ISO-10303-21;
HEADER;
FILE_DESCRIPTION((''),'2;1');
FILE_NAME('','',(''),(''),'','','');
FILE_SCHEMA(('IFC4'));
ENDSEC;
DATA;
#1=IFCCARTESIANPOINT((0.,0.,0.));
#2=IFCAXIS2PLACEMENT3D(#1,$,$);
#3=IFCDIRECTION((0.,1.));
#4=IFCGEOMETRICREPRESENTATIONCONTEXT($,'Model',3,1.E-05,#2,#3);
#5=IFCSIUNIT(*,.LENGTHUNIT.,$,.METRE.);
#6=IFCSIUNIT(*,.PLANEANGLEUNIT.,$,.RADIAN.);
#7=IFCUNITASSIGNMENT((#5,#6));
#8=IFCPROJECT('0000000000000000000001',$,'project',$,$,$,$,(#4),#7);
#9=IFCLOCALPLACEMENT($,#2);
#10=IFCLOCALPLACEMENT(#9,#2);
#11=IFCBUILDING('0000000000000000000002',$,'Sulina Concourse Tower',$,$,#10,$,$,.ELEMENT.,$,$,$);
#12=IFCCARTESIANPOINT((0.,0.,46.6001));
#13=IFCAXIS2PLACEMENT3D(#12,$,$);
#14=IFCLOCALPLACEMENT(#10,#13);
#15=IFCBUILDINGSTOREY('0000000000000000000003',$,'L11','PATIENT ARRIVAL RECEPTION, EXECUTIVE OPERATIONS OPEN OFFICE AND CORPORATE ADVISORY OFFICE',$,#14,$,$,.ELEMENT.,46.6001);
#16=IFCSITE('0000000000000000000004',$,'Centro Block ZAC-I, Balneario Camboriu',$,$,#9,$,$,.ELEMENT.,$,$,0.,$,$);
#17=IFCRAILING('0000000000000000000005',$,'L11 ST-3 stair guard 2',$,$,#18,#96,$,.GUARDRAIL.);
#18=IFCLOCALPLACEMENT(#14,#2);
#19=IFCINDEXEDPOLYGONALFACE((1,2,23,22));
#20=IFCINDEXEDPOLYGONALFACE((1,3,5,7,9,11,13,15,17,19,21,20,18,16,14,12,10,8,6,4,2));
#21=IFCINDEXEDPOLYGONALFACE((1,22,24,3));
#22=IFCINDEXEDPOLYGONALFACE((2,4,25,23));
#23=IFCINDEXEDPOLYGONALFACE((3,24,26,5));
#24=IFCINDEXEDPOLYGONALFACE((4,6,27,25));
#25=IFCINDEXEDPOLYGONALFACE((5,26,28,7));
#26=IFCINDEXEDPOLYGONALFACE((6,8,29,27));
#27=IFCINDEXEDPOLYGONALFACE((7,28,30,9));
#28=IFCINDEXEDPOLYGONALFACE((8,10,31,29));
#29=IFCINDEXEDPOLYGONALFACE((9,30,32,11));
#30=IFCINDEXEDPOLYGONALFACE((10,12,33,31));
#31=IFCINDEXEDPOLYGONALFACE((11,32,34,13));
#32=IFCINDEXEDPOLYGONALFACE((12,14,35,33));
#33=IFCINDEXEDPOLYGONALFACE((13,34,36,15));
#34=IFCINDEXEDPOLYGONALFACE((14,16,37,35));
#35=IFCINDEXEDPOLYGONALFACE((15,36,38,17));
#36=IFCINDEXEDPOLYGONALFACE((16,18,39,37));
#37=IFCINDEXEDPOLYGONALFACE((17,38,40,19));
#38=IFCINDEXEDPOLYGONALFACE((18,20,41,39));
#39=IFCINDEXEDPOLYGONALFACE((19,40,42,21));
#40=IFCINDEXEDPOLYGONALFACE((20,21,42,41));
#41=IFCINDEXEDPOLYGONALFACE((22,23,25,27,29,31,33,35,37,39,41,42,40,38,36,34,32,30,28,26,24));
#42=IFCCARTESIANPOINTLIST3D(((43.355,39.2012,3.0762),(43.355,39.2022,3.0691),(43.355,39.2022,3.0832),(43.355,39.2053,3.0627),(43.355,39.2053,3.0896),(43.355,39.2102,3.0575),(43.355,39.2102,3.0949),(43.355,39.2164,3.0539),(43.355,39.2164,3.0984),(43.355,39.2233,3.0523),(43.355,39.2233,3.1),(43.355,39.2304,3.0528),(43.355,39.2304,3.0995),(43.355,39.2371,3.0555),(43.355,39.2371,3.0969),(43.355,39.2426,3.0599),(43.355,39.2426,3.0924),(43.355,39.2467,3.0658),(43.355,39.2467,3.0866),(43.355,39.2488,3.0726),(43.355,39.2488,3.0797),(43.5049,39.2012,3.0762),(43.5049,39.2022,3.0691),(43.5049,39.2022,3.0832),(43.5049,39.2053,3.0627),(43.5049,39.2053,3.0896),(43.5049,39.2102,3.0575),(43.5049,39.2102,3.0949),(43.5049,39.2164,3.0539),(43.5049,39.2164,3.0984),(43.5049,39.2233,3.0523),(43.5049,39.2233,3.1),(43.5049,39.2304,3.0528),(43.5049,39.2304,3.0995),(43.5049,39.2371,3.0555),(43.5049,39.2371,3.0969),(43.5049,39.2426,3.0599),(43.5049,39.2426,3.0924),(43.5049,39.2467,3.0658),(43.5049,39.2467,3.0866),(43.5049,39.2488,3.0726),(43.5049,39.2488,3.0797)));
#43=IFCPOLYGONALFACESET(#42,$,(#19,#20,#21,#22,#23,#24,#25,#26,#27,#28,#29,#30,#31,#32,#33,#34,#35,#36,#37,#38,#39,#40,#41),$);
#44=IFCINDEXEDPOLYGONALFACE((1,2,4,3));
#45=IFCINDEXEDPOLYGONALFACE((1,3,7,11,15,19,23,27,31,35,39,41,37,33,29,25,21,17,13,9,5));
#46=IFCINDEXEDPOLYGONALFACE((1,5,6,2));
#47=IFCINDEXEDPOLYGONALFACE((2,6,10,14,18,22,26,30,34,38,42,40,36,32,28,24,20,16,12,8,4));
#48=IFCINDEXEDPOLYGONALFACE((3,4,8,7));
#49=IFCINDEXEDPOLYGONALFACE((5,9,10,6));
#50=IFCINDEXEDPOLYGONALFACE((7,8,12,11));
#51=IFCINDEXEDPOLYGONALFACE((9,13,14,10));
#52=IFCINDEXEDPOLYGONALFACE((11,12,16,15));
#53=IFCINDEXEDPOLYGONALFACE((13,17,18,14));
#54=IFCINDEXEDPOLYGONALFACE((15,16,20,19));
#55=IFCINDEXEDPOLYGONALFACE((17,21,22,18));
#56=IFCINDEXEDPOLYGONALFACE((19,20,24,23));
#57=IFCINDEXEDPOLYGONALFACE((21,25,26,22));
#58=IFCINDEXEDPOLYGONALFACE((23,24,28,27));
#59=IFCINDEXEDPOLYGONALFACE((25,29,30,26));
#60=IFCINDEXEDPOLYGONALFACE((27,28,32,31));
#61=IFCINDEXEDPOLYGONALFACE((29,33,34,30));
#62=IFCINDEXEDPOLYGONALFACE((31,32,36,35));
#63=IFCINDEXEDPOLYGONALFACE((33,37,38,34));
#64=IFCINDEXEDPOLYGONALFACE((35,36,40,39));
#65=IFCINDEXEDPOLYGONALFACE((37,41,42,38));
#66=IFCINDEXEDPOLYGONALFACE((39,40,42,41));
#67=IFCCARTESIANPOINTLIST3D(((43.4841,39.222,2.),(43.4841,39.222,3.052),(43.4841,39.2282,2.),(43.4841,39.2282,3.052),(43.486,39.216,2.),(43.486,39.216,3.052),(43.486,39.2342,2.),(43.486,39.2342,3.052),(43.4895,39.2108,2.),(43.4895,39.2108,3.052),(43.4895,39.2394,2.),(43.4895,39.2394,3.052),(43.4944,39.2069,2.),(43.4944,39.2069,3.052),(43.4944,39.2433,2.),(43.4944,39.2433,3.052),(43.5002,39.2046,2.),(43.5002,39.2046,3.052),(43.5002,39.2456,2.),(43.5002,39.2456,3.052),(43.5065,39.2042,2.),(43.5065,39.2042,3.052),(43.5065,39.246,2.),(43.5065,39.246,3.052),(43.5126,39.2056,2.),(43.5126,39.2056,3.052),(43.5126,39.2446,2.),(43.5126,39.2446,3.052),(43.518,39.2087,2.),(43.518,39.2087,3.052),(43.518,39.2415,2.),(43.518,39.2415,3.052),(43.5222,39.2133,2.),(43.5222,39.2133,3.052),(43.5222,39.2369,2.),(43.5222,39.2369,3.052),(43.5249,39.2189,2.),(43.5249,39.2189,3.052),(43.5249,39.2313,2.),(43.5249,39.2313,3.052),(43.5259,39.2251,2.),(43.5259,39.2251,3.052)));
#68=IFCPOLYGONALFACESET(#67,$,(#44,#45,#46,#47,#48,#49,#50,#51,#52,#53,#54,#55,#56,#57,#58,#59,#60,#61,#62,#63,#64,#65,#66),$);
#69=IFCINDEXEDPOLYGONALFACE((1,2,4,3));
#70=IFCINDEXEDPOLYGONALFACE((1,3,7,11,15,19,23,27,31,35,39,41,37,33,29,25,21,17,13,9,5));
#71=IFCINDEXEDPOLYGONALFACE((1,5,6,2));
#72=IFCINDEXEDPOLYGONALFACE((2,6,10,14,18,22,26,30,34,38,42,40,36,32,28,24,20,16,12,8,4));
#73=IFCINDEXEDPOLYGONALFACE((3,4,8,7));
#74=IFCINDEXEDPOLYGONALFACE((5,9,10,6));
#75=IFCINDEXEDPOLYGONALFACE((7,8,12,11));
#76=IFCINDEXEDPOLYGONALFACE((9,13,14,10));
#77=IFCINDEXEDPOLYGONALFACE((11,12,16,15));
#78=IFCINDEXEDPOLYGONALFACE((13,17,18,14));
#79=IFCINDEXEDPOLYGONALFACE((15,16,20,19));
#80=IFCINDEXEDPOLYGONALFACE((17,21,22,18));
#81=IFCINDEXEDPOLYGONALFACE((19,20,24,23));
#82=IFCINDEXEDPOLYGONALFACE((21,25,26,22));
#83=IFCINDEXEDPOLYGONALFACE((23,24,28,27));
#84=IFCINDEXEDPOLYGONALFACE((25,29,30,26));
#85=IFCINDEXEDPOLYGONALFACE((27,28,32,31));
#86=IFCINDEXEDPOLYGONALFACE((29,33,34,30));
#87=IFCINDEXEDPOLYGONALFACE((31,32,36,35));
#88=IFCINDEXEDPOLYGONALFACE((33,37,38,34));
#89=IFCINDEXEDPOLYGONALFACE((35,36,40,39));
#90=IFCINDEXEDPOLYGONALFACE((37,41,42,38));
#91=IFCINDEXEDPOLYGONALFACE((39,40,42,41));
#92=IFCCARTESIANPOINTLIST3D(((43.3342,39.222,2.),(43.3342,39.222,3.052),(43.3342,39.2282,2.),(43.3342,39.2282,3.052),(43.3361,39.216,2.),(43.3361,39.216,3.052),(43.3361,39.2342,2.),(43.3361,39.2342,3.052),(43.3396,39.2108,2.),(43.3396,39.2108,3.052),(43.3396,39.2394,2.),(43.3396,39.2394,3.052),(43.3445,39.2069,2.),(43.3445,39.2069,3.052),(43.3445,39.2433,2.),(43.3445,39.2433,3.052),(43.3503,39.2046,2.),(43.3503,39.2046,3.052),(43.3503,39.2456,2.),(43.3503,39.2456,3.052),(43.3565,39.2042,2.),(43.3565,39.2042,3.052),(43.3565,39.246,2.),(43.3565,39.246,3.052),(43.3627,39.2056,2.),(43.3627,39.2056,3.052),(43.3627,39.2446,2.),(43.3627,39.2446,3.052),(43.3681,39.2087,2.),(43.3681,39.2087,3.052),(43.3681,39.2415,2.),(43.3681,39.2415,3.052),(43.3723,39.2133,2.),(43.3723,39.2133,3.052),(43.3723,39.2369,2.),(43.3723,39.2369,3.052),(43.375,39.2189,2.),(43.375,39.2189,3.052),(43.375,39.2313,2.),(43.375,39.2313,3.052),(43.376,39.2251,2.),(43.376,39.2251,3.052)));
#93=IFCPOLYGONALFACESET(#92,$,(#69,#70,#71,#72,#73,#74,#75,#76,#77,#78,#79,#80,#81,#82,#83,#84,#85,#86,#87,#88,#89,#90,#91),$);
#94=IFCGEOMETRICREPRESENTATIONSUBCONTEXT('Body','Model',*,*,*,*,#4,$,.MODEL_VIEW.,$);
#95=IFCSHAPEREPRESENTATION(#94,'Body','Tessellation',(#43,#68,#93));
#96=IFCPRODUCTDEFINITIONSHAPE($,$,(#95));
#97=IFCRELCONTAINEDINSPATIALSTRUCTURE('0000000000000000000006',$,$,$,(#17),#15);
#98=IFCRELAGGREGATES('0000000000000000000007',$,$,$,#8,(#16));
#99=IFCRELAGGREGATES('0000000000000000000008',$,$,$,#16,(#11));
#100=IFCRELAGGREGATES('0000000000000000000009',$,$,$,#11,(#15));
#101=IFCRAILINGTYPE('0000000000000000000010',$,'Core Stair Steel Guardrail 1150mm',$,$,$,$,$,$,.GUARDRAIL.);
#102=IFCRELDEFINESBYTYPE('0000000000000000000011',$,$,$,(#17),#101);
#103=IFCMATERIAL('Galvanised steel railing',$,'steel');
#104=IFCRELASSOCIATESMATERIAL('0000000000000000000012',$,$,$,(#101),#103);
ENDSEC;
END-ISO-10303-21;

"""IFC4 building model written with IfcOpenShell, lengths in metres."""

from ifc_helpers import new_model, si_unit, direction, frame, origin, origin_2d, place, context, subcontext, project, spatial, circle, extrude, material, type_object, element, save


model = new_model("IFC4")

# Units and contexts
model_context = context("Model", 3, precision=1e-05, world=origin(), true_north=direction((0.0, 1.0)))
body_context = subcontext(model_context, "Body", "Model", "MODEL_VIEW")
ifc_project = project(units=[si_unit("LENGTHUNIT", "METRE"), si_unit("PLANEANGLEUNIT", "RADIAN")], contexts=[model_context])

# Site, building, storey
site_placement = place(None, origin())
site = spatial("IfcSite", under=ifc_project, at=site_placement, Name="Centro Block ZAC-I, Balneario Camboriu", CompositionType="ELEMENT", RefElevation=0.0)
building_placement = place(site_placement, origin())
building = spatial("IfcBuilding", under=site, at=building_placement, Name="Sulina Concourse Tower", CompositionType="ELEMENT")
storey_placement = place(building_placement, frame((0.0, 0.0, 46.6001)))
storey = spatial("IfcBuildingStorey", under=building, at=storey_placement, Name="L11", Description="PATIENT ARRIVAL RECEPTION, EXECUTIVE OPERATIONS OPEN OFFICE AND CORPORATE ADVISORY OFFICE", CompositionType="ELEMENT", Elevation=46.6001)

# Railing
ifc_material_1 = material(Name="Galvanised steel railing", Category="steel")
railing_type_1 = type_object("IfcRailingType", Name="Core Stair Steel Guardrail 1150mm", PredefinedType="GUARDRAIL", material=ifc_material_1)
railing_1_placement = place(storey_placement, frame((43.5049, 39.2251, 2.0)))
element("IfcRailing", 1, at=railing_1_placement, inside=storey, type_object=railing_type_1, Name="L11 ST-3 stair guard 2", PredefinedType="GUARDRAIL", context=body_context, shape_type="SweptSolid", body=[
    extrude(circle(Radius=0.0239, at=origin_2d()), frame((0.0, 0.0, 1.0762), z_axis=(-1.0, 0.0, 0.0), x_axis=(0.0, -1.0, 0.0)), (0.0, 0.0, 1.0), 0.1499),
    extrude(circle(Radius=0.021, at=origin_2d()), origin(), (0.0, 0.0, 1.0), 1.052),
    extrude(circle(Radius=0.021, at=origin_2d()), frame((-0.1499, 0.0, 0.0)), (0.0, 0.0, 1.0), 1.052),
])

save(model, "model.ifc")
